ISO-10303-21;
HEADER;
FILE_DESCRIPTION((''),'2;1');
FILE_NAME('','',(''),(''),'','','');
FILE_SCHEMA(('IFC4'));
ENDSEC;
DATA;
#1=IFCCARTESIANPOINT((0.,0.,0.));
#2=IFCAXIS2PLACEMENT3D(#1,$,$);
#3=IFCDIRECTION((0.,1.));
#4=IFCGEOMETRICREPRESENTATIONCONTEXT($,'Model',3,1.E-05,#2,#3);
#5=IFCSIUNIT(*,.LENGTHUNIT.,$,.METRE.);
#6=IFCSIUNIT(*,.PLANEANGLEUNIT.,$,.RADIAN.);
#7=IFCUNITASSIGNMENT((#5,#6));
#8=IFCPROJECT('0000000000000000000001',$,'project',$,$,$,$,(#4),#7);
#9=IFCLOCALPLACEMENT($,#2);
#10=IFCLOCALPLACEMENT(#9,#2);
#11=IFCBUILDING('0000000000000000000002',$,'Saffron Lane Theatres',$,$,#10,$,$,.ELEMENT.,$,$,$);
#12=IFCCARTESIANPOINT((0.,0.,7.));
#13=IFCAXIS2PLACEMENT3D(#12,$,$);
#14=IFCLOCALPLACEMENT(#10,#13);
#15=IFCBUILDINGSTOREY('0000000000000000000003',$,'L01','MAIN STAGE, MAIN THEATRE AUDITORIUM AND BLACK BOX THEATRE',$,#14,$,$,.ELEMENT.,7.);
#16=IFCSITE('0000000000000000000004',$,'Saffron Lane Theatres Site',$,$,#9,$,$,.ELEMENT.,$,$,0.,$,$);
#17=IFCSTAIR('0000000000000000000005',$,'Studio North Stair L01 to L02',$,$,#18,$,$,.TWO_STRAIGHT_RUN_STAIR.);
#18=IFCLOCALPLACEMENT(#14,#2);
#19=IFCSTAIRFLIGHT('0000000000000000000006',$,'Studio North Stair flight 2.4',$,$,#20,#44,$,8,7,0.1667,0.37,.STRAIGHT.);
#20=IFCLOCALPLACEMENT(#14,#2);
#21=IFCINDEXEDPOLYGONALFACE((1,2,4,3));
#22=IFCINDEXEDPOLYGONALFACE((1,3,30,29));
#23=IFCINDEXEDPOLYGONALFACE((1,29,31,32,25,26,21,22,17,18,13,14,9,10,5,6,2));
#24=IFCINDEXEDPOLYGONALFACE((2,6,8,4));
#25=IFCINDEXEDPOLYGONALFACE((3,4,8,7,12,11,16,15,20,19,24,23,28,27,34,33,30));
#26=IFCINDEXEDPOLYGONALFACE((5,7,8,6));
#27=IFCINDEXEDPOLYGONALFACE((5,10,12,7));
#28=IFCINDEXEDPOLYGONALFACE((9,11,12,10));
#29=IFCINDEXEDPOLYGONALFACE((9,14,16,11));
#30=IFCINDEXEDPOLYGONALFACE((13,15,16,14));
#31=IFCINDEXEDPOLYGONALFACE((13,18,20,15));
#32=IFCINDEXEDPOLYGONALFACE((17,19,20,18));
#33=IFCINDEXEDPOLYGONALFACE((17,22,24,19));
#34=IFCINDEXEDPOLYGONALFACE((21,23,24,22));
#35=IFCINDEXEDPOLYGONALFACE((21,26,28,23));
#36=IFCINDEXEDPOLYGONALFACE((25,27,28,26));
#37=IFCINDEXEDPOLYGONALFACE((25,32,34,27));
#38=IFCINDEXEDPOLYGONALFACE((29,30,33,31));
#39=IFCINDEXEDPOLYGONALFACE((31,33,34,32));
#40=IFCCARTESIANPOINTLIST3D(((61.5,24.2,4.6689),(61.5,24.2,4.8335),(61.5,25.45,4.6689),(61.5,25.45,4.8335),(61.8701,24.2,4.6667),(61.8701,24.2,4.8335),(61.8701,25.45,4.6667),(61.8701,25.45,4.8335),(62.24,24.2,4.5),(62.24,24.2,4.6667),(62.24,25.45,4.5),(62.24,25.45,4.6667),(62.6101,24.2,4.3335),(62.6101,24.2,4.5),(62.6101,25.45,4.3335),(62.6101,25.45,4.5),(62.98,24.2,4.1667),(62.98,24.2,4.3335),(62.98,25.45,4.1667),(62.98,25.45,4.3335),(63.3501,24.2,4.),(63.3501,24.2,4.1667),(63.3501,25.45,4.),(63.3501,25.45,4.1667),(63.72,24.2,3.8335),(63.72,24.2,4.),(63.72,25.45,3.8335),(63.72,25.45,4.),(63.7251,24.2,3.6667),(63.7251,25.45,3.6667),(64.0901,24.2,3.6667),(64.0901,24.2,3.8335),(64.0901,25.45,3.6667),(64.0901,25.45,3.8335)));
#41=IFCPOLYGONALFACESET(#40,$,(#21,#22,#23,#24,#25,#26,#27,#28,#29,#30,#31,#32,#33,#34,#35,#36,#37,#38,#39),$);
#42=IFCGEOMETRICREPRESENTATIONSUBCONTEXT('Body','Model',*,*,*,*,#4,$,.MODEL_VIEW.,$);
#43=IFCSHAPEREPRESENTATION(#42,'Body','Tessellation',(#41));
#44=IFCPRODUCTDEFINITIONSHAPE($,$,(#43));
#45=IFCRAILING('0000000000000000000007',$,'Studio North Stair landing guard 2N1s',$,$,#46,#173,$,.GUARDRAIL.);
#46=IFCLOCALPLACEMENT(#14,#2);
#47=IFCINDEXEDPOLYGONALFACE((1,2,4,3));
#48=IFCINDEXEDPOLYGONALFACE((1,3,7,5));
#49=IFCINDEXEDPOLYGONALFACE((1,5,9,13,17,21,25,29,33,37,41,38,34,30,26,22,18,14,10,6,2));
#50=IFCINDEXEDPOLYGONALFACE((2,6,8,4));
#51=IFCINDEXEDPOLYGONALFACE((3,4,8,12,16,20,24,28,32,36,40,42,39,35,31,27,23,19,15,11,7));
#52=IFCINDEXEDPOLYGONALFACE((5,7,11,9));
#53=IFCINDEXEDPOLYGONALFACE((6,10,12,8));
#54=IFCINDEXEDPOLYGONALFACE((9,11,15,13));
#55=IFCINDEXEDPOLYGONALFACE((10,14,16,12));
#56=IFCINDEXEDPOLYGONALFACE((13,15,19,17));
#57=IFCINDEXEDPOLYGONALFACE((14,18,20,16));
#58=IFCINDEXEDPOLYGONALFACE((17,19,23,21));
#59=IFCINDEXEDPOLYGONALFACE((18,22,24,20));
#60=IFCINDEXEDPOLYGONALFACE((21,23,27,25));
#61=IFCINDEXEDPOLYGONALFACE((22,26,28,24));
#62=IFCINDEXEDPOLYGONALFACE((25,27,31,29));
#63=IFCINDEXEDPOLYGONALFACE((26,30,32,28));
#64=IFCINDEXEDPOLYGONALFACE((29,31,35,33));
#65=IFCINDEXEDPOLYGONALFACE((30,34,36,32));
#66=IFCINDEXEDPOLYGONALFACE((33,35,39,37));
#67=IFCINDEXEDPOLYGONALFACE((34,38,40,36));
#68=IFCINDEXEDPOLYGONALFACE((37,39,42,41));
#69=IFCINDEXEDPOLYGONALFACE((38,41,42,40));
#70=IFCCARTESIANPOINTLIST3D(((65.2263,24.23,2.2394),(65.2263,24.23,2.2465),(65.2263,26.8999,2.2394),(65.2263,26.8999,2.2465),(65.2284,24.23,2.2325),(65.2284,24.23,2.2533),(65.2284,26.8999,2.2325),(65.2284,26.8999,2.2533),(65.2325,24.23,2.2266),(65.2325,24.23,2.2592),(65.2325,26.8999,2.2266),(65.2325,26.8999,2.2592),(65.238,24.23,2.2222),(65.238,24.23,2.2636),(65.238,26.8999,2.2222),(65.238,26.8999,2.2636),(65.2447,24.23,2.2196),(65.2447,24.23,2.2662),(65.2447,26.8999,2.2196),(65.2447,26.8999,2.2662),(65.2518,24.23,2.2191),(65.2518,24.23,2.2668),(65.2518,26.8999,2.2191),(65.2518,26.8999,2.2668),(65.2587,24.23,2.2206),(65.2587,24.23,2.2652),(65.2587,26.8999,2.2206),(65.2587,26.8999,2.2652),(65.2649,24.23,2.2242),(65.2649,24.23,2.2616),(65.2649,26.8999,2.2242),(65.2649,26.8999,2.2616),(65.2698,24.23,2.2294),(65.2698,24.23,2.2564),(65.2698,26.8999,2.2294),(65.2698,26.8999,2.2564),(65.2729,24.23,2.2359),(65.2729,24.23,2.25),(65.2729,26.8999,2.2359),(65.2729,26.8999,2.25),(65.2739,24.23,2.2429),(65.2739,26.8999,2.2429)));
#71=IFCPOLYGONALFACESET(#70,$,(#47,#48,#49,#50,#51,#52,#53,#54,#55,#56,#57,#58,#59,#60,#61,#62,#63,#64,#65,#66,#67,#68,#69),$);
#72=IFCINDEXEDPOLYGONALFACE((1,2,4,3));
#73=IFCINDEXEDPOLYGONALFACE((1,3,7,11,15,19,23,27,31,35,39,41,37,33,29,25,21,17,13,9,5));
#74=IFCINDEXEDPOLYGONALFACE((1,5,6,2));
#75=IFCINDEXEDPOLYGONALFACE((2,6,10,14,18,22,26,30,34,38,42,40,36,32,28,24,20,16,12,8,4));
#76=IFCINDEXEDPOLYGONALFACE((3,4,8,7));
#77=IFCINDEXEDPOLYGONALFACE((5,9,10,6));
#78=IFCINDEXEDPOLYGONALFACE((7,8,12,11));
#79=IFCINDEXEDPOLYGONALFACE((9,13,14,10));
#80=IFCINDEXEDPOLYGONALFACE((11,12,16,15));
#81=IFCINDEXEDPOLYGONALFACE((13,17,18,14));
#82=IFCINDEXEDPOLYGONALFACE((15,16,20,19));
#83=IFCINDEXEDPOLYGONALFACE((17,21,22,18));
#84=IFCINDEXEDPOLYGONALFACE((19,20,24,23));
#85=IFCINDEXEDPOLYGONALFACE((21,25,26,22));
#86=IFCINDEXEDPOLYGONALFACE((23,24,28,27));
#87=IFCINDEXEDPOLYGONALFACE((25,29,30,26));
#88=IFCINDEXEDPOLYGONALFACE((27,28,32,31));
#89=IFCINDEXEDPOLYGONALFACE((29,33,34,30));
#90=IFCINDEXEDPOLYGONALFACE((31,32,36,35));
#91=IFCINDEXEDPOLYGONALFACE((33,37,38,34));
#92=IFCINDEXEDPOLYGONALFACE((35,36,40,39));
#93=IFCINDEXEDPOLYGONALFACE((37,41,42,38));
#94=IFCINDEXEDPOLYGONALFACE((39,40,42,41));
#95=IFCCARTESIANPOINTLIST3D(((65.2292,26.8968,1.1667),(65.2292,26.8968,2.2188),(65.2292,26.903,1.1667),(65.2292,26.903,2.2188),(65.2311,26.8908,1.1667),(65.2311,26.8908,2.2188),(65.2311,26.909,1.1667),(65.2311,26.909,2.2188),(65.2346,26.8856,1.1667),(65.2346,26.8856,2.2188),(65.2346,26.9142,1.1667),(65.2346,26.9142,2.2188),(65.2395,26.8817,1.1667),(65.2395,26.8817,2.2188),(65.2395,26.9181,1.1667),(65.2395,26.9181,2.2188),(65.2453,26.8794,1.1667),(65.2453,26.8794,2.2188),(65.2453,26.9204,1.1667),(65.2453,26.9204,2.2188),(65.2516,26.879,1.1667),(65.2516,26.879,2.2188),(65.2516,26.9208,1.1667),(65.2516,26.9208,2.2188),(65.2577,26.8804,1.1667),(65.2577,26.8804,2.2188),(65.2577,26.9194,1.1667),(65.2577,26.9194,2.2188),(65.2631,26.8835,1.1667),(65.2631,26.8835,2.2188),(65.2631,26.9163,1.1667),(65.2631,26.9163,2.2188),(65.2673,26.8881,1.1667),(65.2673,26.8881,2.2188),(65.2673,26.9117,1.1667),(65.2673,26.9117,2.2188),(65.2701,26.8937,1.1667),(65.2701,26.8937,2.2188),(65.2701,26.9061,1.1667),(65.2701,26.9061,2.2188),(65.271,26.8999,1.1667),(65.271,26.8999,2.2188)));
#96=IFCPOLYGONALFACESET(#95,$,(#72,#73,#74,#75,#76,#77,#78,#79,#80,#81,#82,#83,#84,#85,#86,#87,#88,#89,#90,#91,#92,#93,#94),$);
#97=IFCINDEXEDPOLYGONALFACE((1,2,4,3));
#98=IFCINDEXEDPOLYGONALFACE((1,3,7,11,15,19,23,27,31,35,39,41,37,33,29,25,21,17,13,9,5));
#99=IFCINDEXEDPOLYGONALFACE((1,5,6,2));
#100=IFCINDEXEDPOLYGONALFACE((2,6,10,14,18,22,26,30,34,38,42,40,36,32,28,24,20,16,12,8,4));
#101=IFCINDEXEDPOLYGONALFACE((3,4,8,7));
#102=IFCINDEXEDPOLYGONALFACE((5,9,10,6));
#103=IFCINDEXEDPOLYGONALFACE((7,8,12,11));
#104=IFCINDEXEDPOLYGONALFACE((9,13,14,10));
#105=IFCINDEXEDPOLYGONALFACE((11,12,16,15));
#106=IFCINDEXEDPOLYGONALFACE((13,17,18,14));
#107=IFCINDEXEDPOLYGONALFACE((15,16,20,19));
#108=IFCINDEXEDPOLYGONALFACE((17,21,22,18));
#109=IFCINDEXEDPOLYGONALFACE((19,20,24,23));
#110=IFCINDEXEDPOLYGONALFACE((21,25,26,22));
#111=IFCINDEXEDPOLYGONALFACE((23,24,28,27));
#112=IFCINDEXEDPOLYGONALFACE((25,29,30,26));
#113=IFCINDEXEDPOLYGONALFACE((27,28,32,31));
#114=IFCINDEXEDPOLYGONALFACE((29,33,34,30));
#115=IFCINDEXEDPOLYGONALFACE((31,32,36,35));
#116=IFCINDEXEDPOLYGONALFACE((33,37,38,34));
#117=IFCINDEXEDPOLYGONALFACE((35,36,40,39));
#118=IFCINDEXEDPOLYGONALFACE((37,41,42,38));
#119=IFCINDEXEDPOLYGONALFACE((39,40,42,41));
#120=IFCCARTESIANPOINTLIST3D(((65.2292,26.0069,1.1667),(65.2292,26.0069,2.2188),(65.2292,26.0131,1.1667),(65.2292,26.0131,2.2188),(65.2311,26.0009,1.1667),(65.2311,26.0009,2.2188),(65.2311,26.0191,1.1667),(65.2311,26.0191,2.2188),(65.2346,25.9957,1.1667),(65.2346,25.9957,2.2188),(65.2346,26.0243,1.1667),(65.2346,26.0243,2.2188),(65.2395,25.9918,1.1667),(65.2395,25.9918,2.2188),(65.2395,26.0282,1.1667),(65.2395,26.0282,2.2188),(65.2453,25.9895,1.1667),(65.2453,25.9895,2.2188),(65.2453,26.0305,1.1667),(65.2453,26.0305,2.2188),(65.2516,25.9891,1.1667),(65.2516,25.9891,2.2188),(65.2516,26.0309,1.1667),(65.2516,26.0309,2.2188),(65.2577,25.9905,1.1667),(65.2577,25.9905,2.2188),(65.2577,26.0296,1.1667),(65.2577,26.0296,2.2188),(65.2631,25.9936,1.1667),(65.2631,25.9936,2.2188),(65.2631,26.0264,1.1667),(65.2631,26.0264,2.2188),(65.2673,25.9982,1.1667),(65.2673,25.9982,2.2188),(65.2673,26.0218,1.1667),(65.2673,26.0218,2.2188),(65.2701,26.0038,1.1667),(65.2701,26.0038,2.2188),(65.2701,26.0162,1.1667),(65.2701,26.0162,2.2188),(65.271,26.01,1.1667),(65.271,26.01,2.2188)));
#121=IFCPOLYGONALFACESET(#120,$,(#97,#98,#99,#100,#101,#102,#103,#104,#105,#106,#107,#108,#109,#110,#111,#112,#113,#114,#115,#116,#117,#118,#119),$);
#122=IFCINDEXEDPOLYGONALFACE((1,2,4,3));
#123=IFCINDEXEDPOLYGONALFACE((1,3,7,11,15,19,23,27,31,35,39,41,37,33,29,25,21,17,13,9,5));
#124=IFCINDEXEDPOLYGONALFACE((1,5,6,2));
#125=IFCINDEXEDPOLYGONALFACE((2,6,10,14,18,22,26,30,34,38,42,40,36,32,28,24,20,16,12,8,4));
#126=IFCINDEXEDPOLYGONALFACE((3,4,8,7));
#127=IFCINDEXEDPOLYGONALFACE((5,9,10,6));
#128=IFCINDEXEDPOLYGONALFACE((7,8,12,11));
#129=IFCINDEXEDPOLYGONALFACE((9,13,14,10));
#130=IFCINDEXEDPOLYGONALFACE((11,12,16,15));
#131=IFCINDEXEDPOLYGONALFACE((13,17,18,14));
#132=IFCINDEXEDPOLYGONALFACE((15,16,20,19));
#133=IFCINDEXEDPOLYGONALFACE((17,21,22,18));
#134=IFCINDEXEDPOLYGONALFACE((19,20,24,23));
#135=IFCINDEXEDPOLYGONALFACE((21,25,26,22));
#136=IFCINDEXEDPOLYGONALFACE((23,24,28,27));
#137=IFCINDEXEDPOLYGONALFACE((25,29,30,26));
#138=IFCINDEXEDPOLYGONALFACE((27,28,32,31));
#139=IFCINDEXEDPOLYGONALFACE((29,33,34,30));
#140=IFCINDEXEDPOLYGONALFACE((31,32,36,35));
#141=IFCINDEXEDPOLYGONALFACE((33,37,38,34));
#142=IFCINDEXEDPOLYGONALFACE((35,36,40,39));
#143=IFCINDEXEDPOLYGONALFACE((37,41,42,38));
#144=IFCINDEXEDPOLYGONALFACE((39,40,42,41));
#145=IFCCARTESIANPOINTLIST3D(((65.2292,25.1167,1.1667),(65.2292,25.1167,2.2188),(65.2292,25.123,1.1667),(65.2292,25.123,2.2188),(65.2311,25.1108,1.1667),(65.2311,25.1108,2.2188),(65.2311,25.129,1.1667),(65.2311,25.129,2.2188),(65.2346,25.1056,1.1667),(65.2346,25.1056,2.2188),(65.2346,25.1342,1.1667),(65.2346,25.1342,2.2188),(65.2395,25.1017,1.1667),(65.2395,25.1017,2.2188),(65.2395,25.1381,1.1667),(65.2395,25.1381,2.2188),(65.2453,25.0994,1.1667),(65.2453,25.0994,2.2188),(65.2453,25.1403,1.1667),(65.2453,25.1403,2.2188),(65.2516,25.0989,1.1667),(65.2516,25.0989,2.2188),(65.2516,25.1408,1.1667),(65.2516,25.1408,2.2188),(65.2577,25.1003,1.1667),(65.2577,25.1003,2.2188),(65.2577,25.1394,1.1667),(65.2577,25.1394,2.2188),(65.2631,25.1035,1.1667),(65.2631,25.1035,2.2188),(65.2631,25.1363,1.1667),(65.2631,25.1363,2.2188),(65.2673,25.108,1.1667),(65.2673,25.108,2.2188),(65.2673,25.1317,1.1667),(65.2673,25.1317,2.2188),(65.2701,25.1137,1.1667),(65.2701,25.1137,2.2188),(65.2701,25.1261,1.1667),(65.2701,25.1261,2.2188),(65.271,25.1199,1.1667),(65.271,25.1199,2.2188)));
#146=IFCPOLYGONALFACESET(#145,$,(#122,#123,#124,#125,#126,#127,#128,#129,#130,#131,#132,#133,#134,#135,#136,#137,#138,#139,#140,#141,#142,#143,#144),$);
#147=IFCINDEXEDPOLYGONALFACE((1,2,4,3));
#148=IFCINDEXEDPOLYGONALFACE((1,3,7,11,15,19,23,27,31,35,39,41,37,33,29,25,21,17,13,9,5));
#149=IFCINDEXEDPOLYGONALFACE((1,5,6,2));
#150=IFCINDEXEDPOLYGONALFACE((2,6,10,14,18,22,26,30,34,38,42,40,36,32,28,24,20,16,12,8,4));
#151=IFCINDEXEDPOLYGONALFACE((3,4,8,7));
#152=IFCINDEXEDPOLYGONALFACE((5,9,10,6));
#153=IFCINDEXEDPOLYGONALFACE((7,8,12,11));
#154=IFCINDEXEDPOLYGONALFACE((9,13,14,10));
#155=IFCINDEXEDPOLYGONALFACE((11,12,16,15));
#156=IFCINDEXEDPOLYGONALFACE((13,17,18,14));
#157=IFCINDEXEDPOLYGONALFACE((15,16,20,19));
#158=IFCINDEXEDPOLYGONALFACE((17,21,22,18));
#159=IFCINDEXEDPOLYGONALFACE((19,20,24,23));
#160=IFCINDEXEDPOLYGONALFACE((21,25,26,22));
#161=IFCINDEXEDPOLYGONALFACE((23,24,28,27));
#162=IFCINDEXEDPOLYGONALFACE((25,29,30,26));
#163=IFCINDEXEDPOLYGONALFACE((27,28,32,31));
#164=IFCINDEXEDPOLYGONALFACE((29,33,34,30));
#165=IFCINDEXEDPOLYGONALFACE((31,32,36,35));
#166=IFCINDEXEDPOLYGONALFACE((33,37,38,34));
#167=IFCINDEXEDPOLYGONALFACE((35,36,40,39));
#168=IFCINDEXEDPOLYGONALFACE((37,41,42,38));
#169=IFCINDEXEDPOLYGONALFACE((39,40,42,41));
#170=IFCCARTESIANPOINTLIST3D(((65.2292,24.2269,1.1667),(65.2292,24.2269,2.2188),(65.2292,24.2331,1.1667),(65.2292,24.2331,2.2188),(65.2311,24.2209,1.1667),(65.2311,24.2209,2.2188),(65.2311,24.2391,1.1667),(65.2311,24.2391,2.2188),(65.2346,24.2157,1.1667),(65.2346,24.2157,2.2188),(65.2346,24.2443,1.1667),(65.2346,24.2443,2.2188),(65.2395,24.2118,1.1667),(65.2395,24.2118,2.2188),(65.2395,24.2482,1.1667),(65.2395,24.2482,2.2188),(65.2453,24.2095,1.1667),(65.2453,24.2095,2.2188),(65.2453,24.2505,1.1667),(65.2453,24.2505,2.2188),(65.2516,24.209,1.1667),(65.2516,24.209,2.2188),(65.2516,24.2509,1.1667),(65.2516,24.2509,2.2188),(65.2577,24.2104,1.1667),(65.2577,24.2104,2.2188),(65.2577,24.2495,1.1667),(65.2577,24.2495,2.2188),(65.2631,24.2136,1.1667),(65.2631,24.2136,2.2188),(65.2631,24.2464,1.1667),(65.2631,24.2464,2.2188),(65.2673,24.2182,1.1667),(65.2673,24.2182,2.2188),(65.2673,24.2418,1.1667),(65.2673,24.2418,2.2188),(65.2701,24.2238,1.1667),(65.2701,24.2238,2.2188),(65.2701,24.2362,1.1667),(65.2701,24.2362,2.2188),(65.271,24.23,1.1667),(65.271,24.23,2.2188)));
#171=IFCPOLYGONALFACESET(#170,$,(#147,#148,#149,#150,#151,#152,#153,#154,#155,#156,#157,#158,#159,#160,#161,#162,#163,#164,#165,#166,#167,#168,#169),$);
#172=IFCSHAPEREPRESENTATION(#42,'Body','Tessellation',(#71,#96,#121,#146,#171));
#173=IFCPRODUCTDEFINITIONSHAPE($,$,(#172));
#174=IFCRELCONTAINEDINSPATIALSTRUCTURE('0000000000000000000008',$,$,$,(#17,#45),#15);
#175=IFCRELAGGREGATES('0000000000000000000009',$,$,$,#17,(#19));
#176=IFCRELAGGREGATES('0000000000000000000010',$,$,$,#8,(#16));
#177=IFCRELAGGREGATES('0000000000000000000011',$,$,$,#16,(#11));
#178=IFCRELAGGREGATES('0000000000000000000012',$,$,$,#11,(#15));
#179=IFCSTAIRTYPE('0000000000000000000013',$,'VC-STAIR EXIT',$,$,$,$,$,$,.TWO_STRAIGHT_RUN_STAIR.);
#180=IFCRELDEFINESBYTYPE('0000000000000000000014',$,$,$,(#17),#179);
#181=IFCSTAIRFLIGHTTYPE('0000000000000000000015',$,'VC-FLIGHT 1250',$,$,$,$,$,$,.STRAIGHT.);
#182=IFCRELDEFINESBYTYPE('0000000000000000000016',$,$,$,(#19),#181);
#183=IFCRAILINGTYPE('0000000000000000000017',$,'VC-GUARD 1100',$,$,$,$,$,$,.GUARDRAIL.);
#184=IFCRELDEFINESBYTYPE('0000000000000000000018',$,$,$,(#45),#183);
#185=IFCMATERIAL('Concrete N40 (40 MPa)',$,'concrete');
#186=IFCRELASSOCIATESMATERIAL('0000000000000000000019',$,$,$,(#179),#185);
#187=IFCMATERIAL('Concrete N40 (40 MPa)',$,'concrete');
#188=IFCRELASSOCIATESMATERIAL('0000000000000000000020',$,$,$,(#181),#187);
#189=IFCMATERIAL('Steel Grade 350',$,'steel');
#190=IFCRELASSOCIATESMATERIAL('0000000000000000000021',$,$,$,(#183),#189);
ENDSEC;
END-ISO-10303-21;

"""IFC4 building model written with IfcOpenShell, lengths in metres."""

from ifc_helpers import new_model, si_unit, direction, frame, origin, origin_2d, place, context, subcontext, project, spatial, polyline, circle, outline, extrude, material, type_object, element, aggregate, save


model = new_model("IFC4")

# Units and contexts
model_context = context("Model", 3, precision=1e-05, world=origin(), true_north=direction((0.0, 1.0)))
body_context = subcontext(model_context, "Body", "Model", "MODEL_VIEW")
ifc_project = project(units=[si_unit("LENGTHUNIT", "METRE"), si_unit("PLANEANGLEUNIT", "RADIAN")], contexts=[model_context])

# Site, building, storey
site_placement = place(None, origin())
site = spatial("IfcSite", under=ifc_project, at=site_placement, Name="Saffron Lane Theatres Site", CompositionType="ELEMENT", RefElevation=0.0)
building_placement = place(site_placement, origin())
building = spatial("IfcBuilding", under=site, at=building_placement, Name="Saffron Lane Theatres", CompositionType="ELEMENT")
storey_placement = place(building_placement, frame((0.0, 0.0, 7.0)))
storey = spatial("IfcBuildingStorey", under=building, at=storey_placement, Name="L01", Description="MAIN STAGE, MAIN THEATRE AUDITORIUM AND BLACK BOX THEATRE", CompositionType="ELEMENT", Elevation=7.0)

# Stair, stair flight
ifc_material_1 = material(Name="Concrete N40 (40 MPa)", Category="concrete")
stair_type = type_object("IfcStairType", Name="VC-STAIR EXIT", PredefinedType="TWO_STRAIGHT_RUN_STAIR", material=ifc_material_1)
stair_placement = place(storey_placement, origin())
stair = element("IfcStair", 1, at=stair_placement, inside=storey, type_object=stair_type, Name="Studio North Stair L01 to L02", PredefinedType="TWO_STRAIGHT_RUN_STAIR")
ifc_material_2 = material(Name="Concrete N40 (40 MPa)", Category="concrete")
stair_flight_type = type_object("IfcStairFlightType", Name="VC-FLIGHT 1250", PredefinedType="STRAIGHT", material=ifc_material_2)
stair_flight_1_placement = place(storey_placement, frame((64.0901, 24.825, 3.6667), z_axis=(0.0, 0.0, 1.0), x_axis=(-1.0, 0.0, 0.0)))
stair_flight_1 = element("IfcStairFlight", 2, at=stair_flight_1_placement, type_object=stair_flight_type, Name="Studio North Stair flight 2.4", NumberOfRisers=8, NumberOfTreads=7, PredefinedType="STRAIGHT", RiserHeight=0.1667, TreadLength=0.37, context=body_context, shape_type="SweptSolid", body=[
    extrude(outline(polyline([(0.0, 0.0), (0.0, 0.1667), (0.3701, 0.1667), (0.3701, 0.3333), (0.74, 0.3333), (0.74, 0.5), (1.1101, 0.5), (1.1101, 0.6667), (1.48, 0.6667), (1.48, 0.8333), (1.8501, 0.8333), (1.8501, 1.0), (2.22, 1.0), (2.22, 1.1667), (2.5901, 1.1667), (2.5901, 1.3333), (2.5901, 1.0022), (0.365, 0.0), (0.0, 0.0)])), frame((0.0, 0.625, 0.0), z_axis=(0.0, -1.0, 0.0), x_axis=(1.0, 0.0, 0.0)), (0.0, 0.0, 1.0), 1.25),
])
aggregate(stair, [stair_flight_1])

# Railing
ifc_material_3 = material(Name="Steel Grade 350", Category="steel")
railing_type_1 = type_object("IfcRailingType", Name="VC-GUARD 1100", PredefinedType="GUARDRAIL", material=ifc_material_3)
railing_1_placement = place(storey_placement, frame((65.25, 26.8999, 1.1667)))
element("IfcRailing", 3, at=railing_1_placement, inside=storey, type_object=railing_type_1, Name="Studio North Stair landing guard 2N1s", PredefinedType="GUARDRAIL", context=body_context, shape_type="SweptSolid", body=[
    extrude(circle(Radius=0.0239, at=origin_2d()), frame((0.0, 0.0, 1.0762), z_axis=(0.0, -1.0, 0.0), x_axis=(1.0, 0.0, 0.0)), (0.0, 0.0, 1.0), 2.6699),
    extrude(circle(Radius=0.021, at=origin_2d()), origin(), (0.0, 0.0, 1.0), 1.052),
    extrude(circle(Radius=0.021, at=origin_2d()), frame((0.0, -0.8899, 0.0)), (0.0, 0.0, 1.0), 1.052),
    extrude(circle(Radius=0.021, at=origin_2d()), frame((0.0, -1.78, 0.0)), (0.0, 0.0, 1.0), 1.052),
    extrude(circle(Radius=0.021, at=origin_2d()), frame((0.0, -2.6699, 0.0)), (0.0, 0.0, 1.0), 1.052),
])

save(model, "model.ifc")
